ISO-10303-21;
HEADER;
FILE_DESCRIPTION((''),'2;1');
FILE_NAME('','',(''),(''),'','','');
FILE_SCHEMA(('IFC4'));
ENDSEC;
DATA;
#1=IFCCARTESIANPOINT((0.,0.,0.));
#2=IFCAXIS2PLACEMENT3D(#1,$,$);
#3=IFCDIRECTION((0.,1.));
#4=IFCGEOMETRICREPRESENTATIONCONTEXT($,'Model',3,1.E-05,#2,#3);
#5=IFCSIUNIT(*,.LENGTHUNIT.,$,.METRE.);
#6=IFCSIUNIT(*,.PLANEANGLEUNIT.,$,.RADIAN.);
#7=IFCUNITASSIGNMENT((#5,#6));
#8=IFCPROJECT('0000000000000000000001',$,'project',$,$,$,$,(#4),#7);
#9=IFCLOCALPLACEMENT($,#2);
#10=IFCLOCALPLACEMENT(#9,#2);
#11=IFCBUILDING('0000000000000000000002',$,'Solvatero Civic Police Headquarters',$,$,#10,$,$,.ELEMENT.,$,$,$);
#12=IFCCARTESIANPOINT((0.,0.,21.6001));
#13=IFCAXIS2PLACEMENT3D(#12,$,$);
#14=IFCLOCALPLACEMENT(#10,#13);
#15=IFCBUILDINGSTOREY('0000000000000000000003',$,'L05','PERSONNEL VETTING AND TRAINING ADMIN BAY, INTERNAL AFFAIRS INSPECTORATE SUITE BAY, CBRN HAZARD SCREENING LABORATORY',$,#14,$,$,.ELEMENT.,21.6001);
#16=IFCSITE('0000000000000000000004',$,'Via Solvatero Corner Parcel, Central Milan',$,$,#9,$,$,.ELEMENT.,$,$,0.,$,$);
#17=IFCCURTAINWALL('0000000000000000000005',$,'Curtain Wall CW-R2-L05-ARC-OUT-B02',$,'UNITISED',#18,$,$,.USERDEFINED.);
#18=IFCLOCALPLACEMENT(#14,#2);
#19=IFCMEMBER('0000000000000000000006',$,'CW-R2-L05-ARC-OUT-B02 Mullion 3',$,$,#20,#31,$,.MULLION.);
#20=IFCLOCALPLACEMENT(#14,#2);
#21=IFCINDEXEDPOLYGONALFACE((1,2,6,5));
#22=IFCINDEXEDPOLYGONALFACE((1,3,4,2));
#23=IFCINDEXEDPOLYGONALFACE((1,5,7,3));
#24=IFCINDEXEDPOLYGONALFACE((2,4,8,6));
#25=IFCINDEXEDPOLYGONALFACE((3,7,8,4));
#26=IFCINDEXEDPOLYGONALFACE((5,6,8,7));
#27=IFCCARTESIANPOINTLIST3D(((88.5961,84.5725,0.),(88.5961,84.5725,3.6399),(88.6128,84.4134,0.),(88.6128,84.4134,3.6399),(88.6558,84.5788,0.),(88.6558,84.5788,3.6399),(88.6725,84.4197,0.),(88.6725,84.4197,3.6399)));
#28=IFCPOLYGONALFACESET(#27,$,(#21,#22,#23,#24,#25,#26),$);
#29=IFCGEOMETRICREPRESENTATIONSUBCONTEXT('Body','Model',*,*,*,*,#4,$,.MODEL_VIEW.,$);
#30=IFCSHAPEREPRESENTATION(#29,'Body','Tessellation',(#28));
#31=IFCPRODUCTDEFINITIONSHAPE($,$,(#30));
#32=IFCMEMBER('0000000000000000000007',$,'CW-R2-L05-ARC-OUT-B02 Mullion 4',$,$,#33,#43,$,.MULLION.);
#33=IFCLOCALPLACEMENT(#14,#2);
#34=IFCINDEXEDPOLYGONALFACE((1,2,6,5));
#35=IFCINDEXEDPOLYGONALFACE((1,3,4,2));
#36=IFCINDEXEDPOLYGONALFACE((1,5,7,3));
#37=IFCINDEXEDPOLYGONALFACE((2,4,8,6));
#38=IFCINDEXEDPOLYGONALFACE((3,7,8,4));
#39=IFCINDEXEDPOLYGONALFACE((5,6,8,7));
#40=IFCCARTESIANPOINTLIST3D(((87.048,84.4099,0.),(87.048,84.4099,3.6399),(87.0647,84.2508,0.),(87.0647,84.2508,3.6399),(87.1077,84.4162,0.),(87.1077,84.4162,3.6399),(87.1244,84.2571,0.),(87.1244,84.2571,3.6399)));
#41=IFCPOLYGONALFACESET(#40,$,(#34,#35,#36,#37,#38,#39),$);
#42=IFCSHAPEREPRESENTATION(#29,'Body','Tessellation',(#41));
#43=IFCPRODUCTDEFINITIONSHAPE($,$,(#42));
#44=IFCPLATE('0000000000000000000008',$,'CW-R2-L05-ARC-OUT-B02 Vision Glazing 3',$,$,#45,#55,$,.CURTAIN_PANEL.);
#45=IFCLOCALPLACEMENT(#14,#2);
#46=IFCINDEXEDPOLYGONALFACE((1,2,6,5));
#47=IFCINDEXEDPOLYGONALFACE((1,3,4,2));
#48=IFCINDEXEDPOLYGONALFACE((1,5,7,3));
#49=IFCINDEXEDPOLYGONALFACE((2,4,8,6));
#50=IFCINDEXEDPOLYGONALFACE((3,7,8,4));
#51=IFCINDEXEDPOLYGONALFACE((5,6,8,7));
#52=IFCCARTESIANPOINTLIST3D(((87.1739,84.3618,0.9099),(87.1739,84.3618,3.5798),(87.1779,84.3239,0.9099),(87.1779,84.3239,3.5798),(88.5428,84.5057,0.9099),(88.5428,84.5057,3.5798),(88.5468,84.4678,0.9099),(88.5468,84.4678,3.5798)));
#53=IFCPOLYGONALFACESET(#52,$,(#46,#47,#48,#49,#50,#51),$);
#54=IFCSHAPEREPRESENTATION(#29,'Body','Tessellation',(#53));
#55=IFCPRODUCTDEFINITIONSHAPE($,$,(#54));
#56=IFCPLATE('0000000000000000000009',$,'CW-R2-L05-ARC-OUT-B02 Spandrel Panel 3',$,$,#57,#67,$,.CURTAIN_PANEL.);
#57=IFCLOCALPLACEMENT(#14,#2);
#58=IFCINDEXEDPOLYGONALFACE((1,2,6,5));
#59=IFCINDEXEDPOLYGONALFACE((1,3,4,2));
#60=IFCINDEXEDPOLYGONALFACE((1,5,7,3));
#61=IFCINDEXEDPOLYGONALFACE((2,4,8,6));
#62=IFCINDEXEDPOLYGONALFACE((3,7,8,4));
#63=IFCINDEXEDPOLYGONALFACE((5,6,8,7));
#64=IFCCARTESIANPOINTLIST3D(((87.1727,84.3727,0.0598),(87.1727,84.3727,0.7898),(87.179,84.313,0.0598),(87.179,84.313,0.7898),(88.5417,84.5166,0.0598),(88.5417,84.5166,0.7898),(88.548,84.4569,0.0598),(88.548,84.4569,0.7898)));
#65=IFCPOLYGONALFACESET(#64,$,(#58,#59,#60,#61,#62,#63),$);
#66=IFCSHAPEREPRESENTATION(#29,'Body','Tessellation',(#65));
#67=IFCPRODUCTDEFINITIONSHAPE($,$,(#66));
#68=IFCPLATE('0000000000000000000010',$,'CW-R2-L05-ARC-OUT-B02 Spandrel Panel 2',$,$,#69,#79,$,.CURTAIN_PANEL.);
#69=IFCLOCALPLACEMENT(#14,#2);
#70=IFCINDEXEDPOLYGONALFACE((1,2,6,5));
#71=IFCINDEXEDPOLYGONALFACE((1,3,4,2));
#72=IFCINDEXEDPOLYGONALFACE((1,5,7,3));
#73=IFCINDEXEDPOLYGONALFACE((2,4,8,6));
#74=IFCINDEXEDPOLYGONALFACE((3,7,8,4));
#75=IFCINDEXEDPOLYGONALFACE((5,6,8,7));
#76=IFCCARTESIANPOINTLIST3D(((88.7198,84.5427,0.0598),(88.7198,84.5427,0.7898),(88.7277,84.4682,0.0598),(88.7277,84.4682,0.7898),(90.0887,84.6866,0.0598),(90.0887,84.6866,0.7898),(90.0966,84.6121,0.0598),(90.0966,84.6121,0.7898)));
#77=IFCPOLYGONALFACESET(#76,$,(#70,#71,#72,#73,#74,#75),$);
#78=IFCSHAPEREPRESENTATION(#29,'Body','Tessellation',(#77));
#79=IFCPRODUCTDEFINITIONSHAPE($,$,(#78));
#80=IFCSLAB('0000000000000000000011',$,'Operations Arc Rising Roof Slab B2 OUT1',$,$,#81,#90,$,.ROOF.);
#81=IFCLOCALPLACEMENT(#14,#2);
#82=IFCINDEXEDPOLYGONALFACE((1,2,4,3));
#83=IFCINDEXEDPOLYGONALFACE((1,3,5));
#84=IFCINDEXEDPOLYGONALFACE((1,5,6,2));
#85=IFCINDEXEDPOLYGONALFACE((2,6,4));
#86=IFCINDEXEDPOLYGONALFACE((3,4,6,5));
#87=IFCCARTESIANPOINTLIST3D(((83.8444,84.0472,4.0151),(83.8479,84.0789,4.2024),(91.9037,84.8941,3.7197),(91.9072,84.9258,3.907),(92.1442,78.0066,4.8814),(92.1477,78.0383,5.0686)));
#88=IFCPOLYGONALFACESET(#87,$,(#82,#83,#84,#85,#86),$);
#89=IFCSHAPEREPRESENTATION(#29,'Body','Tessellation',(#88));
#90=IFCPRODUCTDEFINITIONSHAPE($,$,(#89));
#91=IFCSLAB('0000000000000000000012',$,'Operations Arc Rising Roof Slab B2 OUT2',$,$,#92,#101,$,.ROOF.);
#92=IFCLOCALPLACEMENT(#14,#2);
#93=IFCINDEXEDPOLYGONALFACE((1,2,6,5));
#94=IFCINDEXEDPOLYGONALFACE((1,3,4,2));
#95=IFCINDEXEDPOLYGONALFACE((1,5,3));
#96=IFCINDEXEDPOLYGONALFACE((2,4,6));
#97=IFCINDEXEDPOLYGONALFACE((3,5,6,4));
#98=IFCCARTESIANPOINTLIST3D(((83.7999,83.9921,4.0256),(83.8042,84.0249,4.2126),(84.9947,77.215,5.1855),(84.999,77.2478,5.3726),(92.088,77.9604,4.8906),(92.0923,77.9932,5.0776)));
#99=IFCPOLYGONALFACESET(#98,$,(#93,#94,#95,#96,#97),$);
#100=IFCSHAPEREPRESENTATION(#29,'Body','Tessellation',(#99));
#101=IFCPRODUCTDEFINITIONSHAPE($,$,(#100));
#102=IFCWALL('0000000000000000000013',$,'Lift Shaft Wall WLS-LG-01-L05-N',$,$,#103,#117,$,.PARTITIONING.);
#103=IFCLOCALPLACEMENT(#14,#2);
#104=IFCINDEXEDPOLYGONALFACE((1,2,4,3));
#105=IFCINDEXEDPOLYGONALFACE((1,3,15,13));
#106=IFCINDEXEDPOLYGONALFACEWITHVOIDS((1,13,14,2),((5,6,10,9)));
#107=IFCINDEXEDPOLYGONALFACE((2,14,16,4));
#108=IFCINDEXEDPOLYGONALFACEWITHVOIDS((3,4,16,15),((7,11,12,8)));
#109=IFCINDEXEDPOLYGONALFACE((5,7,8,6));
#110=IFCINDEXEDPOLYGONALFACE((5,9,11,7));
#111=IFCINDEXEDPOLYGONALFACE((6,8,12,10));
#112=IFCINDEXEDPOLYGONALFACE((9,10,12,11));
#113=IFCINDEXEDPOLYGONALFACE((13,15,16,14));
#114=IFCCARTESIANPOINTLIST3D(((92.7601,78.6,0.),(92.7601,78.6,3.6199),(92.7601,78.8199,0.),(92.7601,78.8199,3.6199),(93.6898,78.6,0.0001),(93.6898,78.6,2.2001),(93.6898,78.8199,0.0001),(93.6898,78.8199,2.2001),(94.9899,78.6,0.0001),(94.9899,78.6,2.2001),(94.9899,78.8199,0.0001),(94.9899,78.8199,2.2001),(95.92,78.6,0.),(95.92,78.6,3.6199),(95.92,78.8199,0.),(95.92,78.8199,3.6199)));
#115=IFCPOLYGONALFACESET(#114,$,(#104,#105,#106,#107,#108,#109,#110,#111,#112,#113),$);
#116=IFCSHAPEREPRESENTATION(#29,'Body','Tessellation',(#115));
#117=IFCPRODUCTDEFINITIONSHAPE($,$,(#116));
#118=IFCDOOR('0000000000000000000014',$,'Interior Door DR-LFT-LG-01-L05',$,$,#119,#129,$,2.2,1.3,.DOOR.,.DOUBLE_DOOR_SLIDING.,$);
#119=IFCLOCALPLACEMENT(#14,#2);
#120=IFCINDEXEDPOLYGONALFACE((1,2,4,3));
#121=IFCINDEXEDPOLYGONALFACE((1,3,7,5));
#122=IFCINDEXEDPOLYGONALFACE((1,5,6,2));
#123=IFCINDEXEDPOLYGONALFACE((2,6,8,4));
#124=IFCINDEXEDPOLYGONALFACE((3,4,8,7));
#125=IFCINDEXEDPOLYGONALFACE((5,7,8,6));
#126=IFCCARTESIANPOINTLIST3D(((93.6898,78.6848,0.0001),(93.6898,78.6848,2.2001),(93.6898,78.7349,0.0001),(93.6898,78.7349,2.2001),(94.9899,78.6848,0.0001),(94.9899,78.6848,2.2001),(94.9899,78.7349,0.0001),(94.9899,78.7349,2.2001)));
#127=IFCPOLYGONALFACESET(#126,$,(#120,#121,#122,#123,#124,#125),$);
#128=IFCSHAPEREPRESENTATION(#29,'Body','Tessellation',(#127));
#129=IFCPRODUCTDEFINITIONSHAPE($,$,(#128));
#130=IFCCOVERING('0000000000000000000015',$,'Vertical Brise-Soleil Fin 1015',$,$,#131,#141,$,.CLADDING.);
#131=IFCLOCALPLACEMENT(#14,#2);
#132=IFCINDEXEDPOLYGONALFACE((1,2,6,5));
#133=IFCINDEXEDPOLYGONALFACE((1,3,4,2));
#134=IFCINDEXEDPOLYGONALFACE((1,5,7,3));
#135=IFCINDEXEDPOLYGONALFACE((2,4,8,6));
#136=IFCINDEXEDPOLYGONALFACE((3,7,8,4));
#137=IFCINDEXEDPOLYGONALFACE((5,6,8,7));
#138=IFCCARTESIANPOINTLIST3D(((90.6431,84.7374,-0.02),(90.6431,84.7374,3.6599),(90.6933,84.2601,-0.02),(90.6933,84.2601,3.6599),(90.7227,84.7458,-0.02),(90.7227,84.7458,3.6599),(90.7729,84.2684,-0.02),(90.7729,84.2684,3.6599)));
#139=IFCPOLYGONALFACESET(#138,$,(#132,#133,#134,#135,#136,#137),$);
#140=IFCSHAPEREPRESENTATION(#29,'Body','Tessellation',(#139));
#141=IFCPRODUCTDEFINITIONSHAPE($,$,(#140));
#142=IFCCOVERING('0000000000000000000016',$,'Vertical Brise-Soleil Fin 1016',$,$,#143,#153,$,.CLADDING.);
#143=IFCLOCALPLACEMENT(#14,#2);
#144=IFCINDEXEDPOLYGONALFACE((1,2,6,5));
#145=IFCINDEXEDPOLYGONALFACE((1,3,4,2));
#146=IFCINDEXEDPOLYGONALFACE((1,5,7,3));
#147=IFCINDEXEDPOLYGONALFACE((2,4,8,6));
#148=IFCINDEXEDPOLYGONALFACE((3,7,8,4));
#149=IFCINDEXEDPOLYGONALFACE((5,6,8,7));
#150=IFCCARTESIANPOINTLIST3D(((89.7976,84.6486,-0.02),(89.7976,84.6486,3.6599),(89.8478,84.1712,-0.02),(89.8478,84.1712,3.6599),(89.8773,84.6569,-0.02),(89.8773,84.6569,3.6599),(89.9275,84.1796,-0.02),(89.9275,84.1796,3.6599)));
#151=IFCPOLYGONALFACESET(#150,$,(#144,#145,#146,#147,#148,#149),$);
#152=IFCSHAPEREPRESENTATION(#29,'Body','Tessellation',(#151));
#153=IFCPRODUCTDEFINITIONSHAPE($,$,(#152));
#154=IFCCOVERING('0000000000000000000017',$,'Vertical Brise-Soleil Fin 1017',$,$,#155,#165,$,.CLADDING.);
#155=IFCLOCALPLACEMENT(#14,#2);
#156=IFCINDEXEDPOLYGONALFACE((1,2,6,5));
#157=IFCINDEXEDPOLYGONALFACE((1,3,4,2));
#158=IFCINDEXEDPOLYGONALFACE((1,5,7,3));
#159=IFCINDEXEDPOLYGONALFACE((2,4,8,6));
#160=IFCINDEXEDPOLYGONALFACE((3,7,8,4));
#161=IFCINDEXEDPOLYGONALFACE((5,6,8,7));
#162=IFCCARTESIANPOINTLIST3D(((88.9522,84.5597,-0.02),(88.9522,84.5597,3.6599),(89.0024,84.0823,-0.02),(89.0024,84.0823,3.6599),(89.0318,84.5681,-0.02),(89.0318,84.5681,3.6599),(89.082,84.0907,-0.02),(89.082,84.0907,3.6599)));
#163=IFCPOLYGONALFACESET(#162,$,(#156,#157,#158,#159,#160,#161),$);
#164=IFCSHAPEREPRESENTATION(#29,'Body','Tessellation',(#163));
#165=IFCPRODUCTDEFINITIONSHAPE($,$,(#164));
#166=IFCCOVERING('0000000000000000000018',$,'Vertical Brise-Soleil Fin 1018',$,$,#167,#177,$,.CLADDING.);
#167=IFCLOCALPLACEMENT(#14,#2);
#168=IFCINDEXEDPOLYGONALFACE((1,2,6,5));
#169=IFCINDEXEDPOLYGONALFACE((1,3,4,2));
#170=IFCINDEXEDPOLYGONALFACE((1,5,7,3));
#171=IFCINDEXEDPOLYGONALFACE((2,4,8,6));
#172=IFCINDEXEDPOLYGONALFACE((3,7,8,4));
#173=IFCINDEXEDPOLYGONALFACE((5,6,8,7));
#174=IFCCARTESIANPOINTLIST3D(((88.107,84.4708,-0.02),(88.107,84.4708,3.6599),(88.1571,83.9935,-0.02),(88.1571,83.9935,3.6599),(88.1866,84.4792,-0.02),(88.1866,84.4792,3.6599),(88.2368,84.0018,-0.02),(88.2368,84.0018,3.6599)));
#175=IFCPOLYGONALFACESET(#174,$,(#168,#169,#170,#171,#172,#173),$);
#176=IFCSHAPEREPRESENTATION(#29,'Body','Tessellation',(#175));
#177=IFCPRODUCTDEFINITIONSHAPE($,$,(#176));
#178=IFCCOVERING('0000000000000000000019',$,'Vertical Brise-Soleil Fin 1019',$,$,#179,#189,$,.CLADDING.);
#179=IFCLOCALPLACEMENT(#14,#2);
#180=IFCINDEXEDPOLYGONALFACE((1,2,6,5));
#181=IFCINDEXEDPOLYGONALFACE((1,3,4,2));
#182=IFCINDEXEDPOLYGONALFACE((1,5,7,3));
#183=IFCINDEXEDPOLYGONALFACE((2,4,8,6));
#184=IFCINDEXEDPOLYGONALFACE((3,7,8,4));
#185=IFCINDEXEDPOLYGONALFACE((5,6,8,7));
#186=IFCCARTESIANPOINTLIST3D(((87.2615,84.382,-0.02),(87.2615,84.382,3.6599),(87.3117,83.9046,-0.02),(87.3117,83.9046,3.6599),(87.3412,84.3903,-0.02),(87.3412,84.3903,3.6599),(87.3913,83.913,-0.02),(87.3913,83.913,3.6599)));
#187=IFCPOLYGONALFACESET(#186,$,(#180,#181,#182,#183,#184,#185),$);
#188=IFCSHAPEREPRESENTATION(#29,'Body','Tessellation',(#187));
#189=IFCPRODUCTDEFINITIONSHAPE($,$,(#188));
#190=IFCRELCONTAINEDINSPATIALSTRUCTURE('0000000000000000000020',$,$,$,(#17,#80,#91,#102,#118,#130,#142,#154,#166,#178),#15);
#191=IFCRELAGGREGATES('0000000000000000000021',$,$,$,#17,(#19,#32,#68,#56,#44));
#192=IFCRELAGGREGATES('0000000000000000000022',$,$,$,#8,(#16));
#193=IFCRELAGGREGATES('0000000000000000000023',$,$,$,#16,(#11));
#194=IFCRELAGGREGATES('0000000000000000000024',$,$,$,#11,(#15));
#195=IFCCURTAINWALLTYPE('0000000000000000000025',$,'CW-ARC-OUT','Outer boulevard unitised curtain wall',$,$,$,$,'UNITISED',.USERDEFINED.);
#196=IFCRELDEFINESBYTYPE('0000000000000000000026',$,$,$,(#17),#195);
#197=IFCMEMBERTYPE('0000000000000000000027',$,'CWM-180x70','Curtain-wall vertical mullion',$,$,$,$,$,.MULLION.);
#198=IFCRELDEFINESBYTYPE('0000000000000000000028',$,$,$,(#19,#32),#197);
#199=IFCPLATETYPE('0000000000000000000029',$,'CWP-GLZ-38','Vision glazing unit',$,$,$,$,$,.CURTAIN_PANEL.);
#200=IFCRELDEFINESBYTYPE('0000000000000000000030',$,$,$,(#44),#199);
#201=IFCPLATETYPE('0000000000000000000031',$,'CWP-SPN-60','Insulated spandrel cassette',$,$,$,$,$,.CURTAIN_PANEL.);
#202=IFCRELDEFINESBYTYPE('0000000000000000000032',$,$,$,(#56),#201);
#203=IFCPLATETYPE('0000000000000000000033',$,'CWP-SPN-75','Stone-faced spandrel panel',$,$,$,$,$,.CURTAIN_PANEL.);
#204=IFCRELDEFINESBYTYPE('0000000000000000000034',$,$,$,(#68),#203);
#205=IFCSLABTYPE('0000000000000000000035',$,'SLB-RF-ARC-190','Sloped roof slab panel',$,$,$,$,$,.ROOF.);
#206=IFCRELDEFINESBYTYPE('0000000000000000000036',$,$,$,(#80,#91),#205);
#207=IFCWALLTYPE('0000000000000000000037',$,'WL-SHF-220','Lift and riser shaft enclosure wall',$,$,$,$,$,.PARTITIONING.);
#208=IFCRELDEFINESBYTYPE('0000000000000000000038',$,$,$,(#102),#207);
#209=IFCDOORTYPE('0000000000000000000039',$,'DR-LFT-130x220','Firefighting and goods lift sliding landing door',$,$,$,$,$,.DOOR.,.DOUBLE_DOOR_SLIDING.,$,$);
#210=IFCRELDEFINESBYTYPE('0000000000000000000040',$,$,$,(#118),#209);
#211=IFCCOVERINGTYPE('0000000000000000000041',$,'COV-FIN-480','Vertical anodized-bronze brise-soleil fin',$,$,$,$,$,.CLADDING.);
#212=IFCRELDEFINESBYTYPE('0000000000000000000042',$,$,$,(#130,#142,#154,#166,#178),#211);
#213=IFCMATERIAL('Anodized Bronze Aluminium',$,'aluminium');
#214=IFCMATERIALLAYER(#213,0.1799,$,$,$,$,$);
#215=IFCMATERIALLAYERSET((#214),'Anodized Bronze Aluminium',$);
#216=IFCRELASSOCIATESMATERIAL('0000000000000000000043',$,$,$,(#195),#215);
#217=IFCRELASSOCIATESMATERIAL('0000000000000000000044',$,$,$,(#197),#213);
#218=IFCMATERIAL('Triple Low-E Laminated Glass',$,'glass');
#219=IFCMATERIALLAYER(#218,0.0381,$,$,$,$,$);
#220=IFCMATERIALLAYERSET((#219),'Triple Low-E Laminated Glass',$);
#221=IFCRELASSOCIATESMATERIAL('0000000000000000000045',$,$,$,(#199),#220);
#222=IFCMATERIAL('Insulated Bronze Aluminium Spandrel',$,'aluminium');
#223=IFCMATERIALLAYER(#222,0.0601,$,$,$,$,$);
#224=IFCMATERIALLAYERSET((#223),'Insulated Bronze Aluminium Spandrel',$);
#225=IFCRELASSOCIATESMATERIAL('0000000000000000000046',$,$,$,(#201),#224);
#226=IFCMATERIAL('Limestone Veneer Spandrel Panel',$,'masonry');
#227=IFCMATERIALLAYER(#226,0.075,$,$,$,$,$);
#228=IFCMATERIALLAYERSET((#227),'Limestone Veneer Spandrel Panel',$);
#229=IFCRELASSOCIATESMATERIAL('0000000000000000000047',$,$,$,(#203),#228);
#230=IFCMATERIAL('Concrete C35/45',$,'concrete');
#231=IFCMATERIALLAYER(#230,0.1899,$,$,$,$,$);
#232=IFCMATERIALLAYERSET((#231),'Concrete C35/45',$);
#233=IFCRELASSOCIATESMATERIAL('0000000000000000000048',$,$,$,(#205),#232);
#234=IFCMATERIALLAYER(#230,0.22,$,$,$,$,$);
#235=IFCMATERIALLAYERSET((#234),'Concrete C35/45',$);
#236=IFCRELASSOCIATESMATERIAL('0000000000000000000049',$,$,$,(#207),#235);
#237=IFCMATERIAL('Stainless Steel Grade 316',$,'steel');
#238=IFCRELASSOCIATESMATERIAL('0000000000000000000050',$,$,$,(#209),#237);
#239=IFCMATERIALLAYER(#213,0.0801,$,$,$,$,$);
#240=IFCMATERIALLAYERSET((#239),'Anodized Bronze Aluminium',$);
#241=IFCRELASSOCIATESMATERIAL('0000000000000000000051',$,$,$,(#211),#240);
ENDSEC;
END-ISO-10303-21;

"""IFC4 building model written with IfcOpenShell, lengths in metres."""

from ifc_helpers import new_model, si_unit, direction, frame, frame_2d, origin, origin_2d, place, context, subcontext, project, spatial, polyline, rectangle, outline, extrude, material, layer, layer_set, material_profile, profile_set, type_object, element, fill, aggregate, save


model = new_model("IFC4")

# Units and contexts
model_context = context("Model", 3, precision=1e-05, world=origin(), true_north=direction((0.0, 1.0)))
body_context = subcontext(model_context, "Body", "Model", "MODEL_VIEW")
ifc_project = project(units=[si_unit("LENGTHUNIT", "METRE"), si_unit("PLANEANGLEUNIT", "RADIAN")], contexts=[model_context])

# Site, building, storey
site_placement = place(None, origin())
site = spatial("IfcSite", under=ifc_project, at=site_placement, Name="Via Solvatero Corner Parcel, Central Milan", CompositionType="ELEMENT", RefElevation=0.0)
building_placement = place(site_placement, origin())
building = spatial("IfcBuilding", under=site, at=building_placement, Name="Solvatero Civic Police Headquarters", CompositionType="ELEMENT")
storey_placement = place(building_placement, frame((0.0, 0.0, 21.6001)))
storey = spatial("IfcBuildingStorey", under=building, at=storey_placement, Name="L05", Description="PERSONNEL VETTING AND TRAINING ADMIN BAY, INTERNAL AFFAIRS INSPECTORATE SUITE BAY, CBRN HAZARD SCREENING LABORATORY", CompositionType="ELEMENT", Elevation=21.6001)

# Curtain wall, members, plates
ifc_material_1 = material(Name="Anodized Bronze Aluminium", Category="aluminium")
ifc_layer_1 = layer(ifc_material_1, 0.1799)
ifc_layer_set_1 = layer_set([ifc_layer_1], Name="Anodized Bronze Aluminium")
curtain_wall_type = type_object("IfcCurtainWallType", Name="CW-ARC-OUT", Description="Outer boulevard unitised curtain wall", ElementType="UNITISED", PredefinedType="USERDEFINED", material=ifc_layer_set_1)
curtain_wall_placement = place(storey_placement, origin())
curtain_wall = element("IfcCurtainWall", 1, at=curtain_wall_placement, inside=storey, type_object=curtain_wall_type, Name="Curtain Wall CW-R2-L05-ARC-OUT-B02", ObjectType="UNITISED", PredefinedType="USERDEFINED")
ifc_material_profile = material_profile(ifc_material_1, rectangle(XDim=0.0601, YDim=0.1599, at=origin_2d()), Name="ALU MULLION 60x160")
ifc_profile_set = profile_set([ifc_material_profile], Name="Anodized Bronze Aluminium")
member_type = type_object("IfcMemberType", Name="CWM-180x70", Description="Curtain-wall vertical mullion", PredefinedType="MULLION", material=ifc_profile_set)
member_1_placement = place(storey_placement, frame((88.6343, 84.4961, 0.0), z_axis=(0.0, 0.0, 1.0), x_axis=(-0.994524, -0.104511, 0.0)))
member_1 = element("IfcMember", 2, at=member_1_placement, type_object=member_type, Name="CW-R2-L05-ARC-OUT-B02 Mullion 3", PredefinedType="MULLION", context=body_context, shape_type="SweptSolid", body=[
    extrude(rectangle(XDim=0.0601, YDim=0.1599, at=origin_2d()), origin(), (0.0, 0.0, 1.0), 3.6399),
])
member_2_placement = place(storey_placement, frame((87.0862, 84.3335, 0.0), z_axis=(0.0, 0.0, 1.0), x_axis=(-0.994524, -0.104511, 0.0)))
member_2 = element("IfcMember", 3, at=member_2_placement, type_object=member_type, Name="CW-R2-L05-ARC-OUT-B02 Mullion 4", PredefinedType="MULLION", context=body_context, shape_type="SweptSolid", body=[
    extrude(rectangle(XDim=0.0601, YDim=0.1599, at=origin_2d()), origin(), (0.0, 0.0, 1.0), 3.6399),
])
ifc_material_2 = material(Name="Triple Low-E Laminated Glass", Category="glass")
ifc_layer_2 = layer(ifc_material_2, 0.0381)
ifc_layer_set_2 = layer_set([ifc_layer_2], Name="Triple Low-E Laminated Glass")
plate_type_1 = type_object("IfcPlateType", Name="CWP-GLZ-38", Description="Vision glazing unit", PredefinedType="CURTAIN_PANEL", material=ifc_layer_set_2)
plate_1_placement = place(storey_placement, frame((87.8604, 84.4148, 0.9099), z_axis=(0.0, 0.0, 1.0), x_axis=(-0.994524, -0.104511, 0.0)))
plate_1 = element("IfcPlate", 4, at=plate_1_placement, type_object=plate_type_1, Name="CW-R2-L05-ARC-OUT-B02 Vision Glazing 3", PredefinedType="CURTAIN_PANEL", context=body_context, shape_type="SweptSolid", body=[
    extrude(rectangle(XDim=1.3765, YDim=0.0381, at=origin_2d()), origin(), (0.0, 0.0, 1.0), 2.6699),
])
ifc_material_3 = material(Name="Insulated Bronze Aluminium Spandrel", Category="aluminium")
ifc_layer_3 = layer(ifc_material_3, 0.0601)
ifc_layer_set_3 = layer_set([ifc_layer_3], Name="Insulated Bronze Aluminium Spandrel")
plate_type_2 = type_object("IfcPlateType", Name="CWP-SPN-60", Description="Insulated spandrel cassette", PredefinedType="CURTAIN_PANEL", material=ifc_layer_set_3)
plate_2_placement = place(storey_placement, frame((87.8604, 84.4148, 0.0598), z_axis=(0.0, 0.0, 1.0), x_axis=(-0.994524, -0.104511, 0.0)))
plate_2 = element("IfcPlate", 5, at=plate_2_placement, type_object=plate_type_2, Name="CW-R2-L05-ARC-OUT-B02 Spandrel Panel 3", PredefinedType="CURTAIN_PANEL", context=body_context, shape_type="SweptSolid", body=[
    extrude(rectangle(XDim=1.3765, YDim=0.0601, at=origin_2d()), origin(), (0.0, 0.0, 1.0), 0.73),
])
ifc_material_4 = material(Name="Limestone Veneer Spandrel Panel", Category="masonry")
ifc_layer_4 = layer(ifc_material_4, 0.075)
ifc_layer_set_4 = layer_set([ifc_layer_4], Name="Limestone Veneer Spandrel Panel")
plate_type_3 = type_object("IfcPlateType", Name="CWP-SPN-75", Description="Stone-faced spandrel panel", PredefinedType="CURTAIN_PANEL", material=ifc_layer_set_4)
plate_3_placement = place(storey_placement, frame((89.4082, 84.5774, 0.0598), z_axis=(0.0, 0.0, 1.0), x_axis=(-0.994524, -0.104511, 0.0)))
plate_3 = element("IfcPlate", 6, at=plate_3_placement, type_object=plate_type_3, Name="CW-R2-L05-ARC-OUT-B02 Spandrel Panel 2", PredefinedType="CURTAIN_PANEL", context=body_context, shape_type="SweptSolid", body=[
    extrude(rectangle(XDim=1.3765, YDim=0.075, at=origin_2d()), origin(), (0.0, 0.0, 1.0), 0.73),
])
aggregate(curtain_wall, [member_1, member_2, plate_3, plate_2, plate_1])

# Slabs
ifc_material_5 = material(Name="Concrete C35/45", Category="concrete")
ifc_layer_5 = layer(ifc_material_5, 0.1899)
ifc_layer_set_5 = layer_set([ifc_layer_5], Name="Concrete C35/45")
slab_type = type_object("IfcSlabType", Name="SLB-RF-ARC-190", Description="Sloped roof slab panel", PredefinedType="ROOF", material=ifc_layer_set_5)
slab_1_placement = place(storey_placement, frame((92.1477, 78.0383, 5.0686), z_axis=(0.018594, 0.166911, 0.985797), x_axis=(-0.805673, 0.586362, -0.084084)))
element("IfcSlab", 7, at=slab_1_placement, inside=storey, type_object=slab_type, Name="Operations Arc Rising Roof Slab B2 OUT1", PredefinedType="ROOF", context=body_context, shape_type="SweptSolid", body=[
    extrude(outline(polyline([(0.0, 0.0), (10.3017, 0.0), (4.33, -5.4859), (0.0, 0.0)])), origin(), (0.0, 0.0, -1.0), 0.1899),
])
slab_2_placement = place(storey_placement, frame((92.0923, 77.9932, 5.0776), z_axis=(0.02281, 0.172561, 0.984735), x_axis=(-0.993675, -0.104416, 0.041315)))
element("IfcSlab", 8, at=slab_2_placement, inside=storey, type_object=slab_type, Name="Operations Arc Rising Roof Slab B2 OUT2", PredefinedType="ROOF", context=body_context, shape_type="SweptSolid", body=[
    extrude(outline(polyline([(0.0, 0.0), (7.1384, 0.0), (7.5701, -6.9653), (0.0, 0.0)])), origin(), (0.0, 0.0, -1.0), 0.1899),
])

# Wall, opening, door
ifc_layer_6 = layer(ifc_material_5, 0.22)
ifc_layer_set_6 = layer_set([ifc_layer_6], Name="Concrete C35/45")
wall_type_1 = type_object("IfcWallType", Name="WL-SHF-220", Description="Lift and riser shaft enclosure wall", PredefinedType="PARTITIONING", material=ifc_layer_set_6)
wall_1_placement = place(storey_placement, frame((92.76, 78.71, 0.0), z_axis=(0.0, 0.0, 1.0), x_axis=(1.0, 0.0, 0.0)))
wall_1 = element("IfcWall", 9, at=wall_1_placement, inside=storey, type_object=wall_type_1, Name="Lift Shaft Wall WLS-LG-01-L05-N", PredefinedType="PARTITIONING", context=body_context, shape_type="SweptSolid", body=[
    extrude(rectangle(XDim=3.1599, YDim=0.22, at=frame_2d((1.5801, 0.0))), origin(), (0.0, 0.0, 1.0), 3.6199),
])
opening_1_placement = place(wall_1_placement, frame((0.9299, 0.0, 0.0)))
opening_1 = element("IfcOpeningElement", 10, at=opening_1_placement, cuts=wall_1, PredefinedType="OPENING", context=body_context, shape_type="SweptSolid", body=[
    extrude(rectangle(XDim=1.3, YDim=2.2, at=frame_2d((0.6499, 1.1001))), frame((0.0, 0.1199, 0.0), z_axis=(0.0, -1.0, 0.0), x_axis=(1.0, 0.0, 0.0)), (0.0, 0.0, 1.0), 0.24),
])
ifc_material_6 = material(Name="Stainless Steel Grade 316", Category="steel")
door_type_1 = type_object("IfcDoorType", Name="DR-LFT-130x220", Description="Firefighting and goods lift sliding landing door", OperationType="DOUBLE_DOOR_SLIDING", PredefinedType="DOOR", material=ifc_material_6)
door_1_placement = place(opening_1_placement, origin())
door_1 = element("IfcDoor", 11, at=door_1_placement, inside=storey, type_object=door_type_1, Name="Interior Door DR-LFT-LG-01-L05", OperationType="DOUBLE_DOOR_SLIDING", OverallHeight=2.2, OverallWidth=1.3, PredefinedType="DOOR", context=body_context, shape_type="SweptSolid", body=[
    extrude(rectangle(XDim=1.3, YDim=2.2, at=frame_2d((0.6499, 1.1001))), frame((0.0, 0.0249, 0.0), z_axis=(0.0, -1.0, 0.0), x_axis=(1.0, 0.0, 0.0)), (0.0, 0.0, 1.0), 0.05),
])
fill(opening_1, door_1)

# Coverings
ifc_layer_7 = layer(ifc_material_1, 0.0801)
ifc_layer_set_7 = layer_set([ifc_layer_7], Name="Anodized Bronze Aluminium")
covering_type_1 = type_object("IfcCoveringType", Name="COV-FIN-480", Description="Vertical anodized-bronze brise-soleil fin", PredefinedType="CLADDING", material=ifc_layer_set_7)
for number, where, z_axis, x_axis, name in (
    (12, (90.708, 84.5029, -0.02), (0.0, 0.0, 1.0), (-0.994524, -0.104511, 0.0), "Vertical Brise-Soleil Fin 1015"),
    (13, (89.8625, 84.4141, -0.02), (0.0, 0.0, 1.0), (-0.994524, -0.104511, 0.0), "Vertical Brise-Soleil Fin 1016"),
    (14, (89.0171, 84.3252, -0.02), (0.0, 0.0, 1.0), (-0.994524, -0.104511, 0.0), "Vertical Brise-Soleil Fin 1017"),
    (15, (88.1719, 84.2363, -0.02), (0.0, 0.0, 1.0), (-0.994524, -0.104511, 0.0), "Vertical Brise-Soleil Fin 1018"),
    (16, (87.3264, 84.1475, -0.02), (0.0, 0.0, 1.0), (-0.994524, -0.104511, 0.0), "Vertical Brise-Soleil Fin 1019"),
):
    element("IfcCovering", number, at=place(storey_placement, frame(where, z_axis=z_axis, x_axis=x_axis)), inside=storey, type_object=covering_type_1, Name=name, PredefinedType="CLADDING", context=body_context, shape_type="SweptSolid", body=[
        extrude(rectangle(XDim=0.0801, YDim=0.48, at=origin_2d()), origin(), (0.0, 0.0, 1.0), 3.6799),
    ])

save(model, "model.ifc")
